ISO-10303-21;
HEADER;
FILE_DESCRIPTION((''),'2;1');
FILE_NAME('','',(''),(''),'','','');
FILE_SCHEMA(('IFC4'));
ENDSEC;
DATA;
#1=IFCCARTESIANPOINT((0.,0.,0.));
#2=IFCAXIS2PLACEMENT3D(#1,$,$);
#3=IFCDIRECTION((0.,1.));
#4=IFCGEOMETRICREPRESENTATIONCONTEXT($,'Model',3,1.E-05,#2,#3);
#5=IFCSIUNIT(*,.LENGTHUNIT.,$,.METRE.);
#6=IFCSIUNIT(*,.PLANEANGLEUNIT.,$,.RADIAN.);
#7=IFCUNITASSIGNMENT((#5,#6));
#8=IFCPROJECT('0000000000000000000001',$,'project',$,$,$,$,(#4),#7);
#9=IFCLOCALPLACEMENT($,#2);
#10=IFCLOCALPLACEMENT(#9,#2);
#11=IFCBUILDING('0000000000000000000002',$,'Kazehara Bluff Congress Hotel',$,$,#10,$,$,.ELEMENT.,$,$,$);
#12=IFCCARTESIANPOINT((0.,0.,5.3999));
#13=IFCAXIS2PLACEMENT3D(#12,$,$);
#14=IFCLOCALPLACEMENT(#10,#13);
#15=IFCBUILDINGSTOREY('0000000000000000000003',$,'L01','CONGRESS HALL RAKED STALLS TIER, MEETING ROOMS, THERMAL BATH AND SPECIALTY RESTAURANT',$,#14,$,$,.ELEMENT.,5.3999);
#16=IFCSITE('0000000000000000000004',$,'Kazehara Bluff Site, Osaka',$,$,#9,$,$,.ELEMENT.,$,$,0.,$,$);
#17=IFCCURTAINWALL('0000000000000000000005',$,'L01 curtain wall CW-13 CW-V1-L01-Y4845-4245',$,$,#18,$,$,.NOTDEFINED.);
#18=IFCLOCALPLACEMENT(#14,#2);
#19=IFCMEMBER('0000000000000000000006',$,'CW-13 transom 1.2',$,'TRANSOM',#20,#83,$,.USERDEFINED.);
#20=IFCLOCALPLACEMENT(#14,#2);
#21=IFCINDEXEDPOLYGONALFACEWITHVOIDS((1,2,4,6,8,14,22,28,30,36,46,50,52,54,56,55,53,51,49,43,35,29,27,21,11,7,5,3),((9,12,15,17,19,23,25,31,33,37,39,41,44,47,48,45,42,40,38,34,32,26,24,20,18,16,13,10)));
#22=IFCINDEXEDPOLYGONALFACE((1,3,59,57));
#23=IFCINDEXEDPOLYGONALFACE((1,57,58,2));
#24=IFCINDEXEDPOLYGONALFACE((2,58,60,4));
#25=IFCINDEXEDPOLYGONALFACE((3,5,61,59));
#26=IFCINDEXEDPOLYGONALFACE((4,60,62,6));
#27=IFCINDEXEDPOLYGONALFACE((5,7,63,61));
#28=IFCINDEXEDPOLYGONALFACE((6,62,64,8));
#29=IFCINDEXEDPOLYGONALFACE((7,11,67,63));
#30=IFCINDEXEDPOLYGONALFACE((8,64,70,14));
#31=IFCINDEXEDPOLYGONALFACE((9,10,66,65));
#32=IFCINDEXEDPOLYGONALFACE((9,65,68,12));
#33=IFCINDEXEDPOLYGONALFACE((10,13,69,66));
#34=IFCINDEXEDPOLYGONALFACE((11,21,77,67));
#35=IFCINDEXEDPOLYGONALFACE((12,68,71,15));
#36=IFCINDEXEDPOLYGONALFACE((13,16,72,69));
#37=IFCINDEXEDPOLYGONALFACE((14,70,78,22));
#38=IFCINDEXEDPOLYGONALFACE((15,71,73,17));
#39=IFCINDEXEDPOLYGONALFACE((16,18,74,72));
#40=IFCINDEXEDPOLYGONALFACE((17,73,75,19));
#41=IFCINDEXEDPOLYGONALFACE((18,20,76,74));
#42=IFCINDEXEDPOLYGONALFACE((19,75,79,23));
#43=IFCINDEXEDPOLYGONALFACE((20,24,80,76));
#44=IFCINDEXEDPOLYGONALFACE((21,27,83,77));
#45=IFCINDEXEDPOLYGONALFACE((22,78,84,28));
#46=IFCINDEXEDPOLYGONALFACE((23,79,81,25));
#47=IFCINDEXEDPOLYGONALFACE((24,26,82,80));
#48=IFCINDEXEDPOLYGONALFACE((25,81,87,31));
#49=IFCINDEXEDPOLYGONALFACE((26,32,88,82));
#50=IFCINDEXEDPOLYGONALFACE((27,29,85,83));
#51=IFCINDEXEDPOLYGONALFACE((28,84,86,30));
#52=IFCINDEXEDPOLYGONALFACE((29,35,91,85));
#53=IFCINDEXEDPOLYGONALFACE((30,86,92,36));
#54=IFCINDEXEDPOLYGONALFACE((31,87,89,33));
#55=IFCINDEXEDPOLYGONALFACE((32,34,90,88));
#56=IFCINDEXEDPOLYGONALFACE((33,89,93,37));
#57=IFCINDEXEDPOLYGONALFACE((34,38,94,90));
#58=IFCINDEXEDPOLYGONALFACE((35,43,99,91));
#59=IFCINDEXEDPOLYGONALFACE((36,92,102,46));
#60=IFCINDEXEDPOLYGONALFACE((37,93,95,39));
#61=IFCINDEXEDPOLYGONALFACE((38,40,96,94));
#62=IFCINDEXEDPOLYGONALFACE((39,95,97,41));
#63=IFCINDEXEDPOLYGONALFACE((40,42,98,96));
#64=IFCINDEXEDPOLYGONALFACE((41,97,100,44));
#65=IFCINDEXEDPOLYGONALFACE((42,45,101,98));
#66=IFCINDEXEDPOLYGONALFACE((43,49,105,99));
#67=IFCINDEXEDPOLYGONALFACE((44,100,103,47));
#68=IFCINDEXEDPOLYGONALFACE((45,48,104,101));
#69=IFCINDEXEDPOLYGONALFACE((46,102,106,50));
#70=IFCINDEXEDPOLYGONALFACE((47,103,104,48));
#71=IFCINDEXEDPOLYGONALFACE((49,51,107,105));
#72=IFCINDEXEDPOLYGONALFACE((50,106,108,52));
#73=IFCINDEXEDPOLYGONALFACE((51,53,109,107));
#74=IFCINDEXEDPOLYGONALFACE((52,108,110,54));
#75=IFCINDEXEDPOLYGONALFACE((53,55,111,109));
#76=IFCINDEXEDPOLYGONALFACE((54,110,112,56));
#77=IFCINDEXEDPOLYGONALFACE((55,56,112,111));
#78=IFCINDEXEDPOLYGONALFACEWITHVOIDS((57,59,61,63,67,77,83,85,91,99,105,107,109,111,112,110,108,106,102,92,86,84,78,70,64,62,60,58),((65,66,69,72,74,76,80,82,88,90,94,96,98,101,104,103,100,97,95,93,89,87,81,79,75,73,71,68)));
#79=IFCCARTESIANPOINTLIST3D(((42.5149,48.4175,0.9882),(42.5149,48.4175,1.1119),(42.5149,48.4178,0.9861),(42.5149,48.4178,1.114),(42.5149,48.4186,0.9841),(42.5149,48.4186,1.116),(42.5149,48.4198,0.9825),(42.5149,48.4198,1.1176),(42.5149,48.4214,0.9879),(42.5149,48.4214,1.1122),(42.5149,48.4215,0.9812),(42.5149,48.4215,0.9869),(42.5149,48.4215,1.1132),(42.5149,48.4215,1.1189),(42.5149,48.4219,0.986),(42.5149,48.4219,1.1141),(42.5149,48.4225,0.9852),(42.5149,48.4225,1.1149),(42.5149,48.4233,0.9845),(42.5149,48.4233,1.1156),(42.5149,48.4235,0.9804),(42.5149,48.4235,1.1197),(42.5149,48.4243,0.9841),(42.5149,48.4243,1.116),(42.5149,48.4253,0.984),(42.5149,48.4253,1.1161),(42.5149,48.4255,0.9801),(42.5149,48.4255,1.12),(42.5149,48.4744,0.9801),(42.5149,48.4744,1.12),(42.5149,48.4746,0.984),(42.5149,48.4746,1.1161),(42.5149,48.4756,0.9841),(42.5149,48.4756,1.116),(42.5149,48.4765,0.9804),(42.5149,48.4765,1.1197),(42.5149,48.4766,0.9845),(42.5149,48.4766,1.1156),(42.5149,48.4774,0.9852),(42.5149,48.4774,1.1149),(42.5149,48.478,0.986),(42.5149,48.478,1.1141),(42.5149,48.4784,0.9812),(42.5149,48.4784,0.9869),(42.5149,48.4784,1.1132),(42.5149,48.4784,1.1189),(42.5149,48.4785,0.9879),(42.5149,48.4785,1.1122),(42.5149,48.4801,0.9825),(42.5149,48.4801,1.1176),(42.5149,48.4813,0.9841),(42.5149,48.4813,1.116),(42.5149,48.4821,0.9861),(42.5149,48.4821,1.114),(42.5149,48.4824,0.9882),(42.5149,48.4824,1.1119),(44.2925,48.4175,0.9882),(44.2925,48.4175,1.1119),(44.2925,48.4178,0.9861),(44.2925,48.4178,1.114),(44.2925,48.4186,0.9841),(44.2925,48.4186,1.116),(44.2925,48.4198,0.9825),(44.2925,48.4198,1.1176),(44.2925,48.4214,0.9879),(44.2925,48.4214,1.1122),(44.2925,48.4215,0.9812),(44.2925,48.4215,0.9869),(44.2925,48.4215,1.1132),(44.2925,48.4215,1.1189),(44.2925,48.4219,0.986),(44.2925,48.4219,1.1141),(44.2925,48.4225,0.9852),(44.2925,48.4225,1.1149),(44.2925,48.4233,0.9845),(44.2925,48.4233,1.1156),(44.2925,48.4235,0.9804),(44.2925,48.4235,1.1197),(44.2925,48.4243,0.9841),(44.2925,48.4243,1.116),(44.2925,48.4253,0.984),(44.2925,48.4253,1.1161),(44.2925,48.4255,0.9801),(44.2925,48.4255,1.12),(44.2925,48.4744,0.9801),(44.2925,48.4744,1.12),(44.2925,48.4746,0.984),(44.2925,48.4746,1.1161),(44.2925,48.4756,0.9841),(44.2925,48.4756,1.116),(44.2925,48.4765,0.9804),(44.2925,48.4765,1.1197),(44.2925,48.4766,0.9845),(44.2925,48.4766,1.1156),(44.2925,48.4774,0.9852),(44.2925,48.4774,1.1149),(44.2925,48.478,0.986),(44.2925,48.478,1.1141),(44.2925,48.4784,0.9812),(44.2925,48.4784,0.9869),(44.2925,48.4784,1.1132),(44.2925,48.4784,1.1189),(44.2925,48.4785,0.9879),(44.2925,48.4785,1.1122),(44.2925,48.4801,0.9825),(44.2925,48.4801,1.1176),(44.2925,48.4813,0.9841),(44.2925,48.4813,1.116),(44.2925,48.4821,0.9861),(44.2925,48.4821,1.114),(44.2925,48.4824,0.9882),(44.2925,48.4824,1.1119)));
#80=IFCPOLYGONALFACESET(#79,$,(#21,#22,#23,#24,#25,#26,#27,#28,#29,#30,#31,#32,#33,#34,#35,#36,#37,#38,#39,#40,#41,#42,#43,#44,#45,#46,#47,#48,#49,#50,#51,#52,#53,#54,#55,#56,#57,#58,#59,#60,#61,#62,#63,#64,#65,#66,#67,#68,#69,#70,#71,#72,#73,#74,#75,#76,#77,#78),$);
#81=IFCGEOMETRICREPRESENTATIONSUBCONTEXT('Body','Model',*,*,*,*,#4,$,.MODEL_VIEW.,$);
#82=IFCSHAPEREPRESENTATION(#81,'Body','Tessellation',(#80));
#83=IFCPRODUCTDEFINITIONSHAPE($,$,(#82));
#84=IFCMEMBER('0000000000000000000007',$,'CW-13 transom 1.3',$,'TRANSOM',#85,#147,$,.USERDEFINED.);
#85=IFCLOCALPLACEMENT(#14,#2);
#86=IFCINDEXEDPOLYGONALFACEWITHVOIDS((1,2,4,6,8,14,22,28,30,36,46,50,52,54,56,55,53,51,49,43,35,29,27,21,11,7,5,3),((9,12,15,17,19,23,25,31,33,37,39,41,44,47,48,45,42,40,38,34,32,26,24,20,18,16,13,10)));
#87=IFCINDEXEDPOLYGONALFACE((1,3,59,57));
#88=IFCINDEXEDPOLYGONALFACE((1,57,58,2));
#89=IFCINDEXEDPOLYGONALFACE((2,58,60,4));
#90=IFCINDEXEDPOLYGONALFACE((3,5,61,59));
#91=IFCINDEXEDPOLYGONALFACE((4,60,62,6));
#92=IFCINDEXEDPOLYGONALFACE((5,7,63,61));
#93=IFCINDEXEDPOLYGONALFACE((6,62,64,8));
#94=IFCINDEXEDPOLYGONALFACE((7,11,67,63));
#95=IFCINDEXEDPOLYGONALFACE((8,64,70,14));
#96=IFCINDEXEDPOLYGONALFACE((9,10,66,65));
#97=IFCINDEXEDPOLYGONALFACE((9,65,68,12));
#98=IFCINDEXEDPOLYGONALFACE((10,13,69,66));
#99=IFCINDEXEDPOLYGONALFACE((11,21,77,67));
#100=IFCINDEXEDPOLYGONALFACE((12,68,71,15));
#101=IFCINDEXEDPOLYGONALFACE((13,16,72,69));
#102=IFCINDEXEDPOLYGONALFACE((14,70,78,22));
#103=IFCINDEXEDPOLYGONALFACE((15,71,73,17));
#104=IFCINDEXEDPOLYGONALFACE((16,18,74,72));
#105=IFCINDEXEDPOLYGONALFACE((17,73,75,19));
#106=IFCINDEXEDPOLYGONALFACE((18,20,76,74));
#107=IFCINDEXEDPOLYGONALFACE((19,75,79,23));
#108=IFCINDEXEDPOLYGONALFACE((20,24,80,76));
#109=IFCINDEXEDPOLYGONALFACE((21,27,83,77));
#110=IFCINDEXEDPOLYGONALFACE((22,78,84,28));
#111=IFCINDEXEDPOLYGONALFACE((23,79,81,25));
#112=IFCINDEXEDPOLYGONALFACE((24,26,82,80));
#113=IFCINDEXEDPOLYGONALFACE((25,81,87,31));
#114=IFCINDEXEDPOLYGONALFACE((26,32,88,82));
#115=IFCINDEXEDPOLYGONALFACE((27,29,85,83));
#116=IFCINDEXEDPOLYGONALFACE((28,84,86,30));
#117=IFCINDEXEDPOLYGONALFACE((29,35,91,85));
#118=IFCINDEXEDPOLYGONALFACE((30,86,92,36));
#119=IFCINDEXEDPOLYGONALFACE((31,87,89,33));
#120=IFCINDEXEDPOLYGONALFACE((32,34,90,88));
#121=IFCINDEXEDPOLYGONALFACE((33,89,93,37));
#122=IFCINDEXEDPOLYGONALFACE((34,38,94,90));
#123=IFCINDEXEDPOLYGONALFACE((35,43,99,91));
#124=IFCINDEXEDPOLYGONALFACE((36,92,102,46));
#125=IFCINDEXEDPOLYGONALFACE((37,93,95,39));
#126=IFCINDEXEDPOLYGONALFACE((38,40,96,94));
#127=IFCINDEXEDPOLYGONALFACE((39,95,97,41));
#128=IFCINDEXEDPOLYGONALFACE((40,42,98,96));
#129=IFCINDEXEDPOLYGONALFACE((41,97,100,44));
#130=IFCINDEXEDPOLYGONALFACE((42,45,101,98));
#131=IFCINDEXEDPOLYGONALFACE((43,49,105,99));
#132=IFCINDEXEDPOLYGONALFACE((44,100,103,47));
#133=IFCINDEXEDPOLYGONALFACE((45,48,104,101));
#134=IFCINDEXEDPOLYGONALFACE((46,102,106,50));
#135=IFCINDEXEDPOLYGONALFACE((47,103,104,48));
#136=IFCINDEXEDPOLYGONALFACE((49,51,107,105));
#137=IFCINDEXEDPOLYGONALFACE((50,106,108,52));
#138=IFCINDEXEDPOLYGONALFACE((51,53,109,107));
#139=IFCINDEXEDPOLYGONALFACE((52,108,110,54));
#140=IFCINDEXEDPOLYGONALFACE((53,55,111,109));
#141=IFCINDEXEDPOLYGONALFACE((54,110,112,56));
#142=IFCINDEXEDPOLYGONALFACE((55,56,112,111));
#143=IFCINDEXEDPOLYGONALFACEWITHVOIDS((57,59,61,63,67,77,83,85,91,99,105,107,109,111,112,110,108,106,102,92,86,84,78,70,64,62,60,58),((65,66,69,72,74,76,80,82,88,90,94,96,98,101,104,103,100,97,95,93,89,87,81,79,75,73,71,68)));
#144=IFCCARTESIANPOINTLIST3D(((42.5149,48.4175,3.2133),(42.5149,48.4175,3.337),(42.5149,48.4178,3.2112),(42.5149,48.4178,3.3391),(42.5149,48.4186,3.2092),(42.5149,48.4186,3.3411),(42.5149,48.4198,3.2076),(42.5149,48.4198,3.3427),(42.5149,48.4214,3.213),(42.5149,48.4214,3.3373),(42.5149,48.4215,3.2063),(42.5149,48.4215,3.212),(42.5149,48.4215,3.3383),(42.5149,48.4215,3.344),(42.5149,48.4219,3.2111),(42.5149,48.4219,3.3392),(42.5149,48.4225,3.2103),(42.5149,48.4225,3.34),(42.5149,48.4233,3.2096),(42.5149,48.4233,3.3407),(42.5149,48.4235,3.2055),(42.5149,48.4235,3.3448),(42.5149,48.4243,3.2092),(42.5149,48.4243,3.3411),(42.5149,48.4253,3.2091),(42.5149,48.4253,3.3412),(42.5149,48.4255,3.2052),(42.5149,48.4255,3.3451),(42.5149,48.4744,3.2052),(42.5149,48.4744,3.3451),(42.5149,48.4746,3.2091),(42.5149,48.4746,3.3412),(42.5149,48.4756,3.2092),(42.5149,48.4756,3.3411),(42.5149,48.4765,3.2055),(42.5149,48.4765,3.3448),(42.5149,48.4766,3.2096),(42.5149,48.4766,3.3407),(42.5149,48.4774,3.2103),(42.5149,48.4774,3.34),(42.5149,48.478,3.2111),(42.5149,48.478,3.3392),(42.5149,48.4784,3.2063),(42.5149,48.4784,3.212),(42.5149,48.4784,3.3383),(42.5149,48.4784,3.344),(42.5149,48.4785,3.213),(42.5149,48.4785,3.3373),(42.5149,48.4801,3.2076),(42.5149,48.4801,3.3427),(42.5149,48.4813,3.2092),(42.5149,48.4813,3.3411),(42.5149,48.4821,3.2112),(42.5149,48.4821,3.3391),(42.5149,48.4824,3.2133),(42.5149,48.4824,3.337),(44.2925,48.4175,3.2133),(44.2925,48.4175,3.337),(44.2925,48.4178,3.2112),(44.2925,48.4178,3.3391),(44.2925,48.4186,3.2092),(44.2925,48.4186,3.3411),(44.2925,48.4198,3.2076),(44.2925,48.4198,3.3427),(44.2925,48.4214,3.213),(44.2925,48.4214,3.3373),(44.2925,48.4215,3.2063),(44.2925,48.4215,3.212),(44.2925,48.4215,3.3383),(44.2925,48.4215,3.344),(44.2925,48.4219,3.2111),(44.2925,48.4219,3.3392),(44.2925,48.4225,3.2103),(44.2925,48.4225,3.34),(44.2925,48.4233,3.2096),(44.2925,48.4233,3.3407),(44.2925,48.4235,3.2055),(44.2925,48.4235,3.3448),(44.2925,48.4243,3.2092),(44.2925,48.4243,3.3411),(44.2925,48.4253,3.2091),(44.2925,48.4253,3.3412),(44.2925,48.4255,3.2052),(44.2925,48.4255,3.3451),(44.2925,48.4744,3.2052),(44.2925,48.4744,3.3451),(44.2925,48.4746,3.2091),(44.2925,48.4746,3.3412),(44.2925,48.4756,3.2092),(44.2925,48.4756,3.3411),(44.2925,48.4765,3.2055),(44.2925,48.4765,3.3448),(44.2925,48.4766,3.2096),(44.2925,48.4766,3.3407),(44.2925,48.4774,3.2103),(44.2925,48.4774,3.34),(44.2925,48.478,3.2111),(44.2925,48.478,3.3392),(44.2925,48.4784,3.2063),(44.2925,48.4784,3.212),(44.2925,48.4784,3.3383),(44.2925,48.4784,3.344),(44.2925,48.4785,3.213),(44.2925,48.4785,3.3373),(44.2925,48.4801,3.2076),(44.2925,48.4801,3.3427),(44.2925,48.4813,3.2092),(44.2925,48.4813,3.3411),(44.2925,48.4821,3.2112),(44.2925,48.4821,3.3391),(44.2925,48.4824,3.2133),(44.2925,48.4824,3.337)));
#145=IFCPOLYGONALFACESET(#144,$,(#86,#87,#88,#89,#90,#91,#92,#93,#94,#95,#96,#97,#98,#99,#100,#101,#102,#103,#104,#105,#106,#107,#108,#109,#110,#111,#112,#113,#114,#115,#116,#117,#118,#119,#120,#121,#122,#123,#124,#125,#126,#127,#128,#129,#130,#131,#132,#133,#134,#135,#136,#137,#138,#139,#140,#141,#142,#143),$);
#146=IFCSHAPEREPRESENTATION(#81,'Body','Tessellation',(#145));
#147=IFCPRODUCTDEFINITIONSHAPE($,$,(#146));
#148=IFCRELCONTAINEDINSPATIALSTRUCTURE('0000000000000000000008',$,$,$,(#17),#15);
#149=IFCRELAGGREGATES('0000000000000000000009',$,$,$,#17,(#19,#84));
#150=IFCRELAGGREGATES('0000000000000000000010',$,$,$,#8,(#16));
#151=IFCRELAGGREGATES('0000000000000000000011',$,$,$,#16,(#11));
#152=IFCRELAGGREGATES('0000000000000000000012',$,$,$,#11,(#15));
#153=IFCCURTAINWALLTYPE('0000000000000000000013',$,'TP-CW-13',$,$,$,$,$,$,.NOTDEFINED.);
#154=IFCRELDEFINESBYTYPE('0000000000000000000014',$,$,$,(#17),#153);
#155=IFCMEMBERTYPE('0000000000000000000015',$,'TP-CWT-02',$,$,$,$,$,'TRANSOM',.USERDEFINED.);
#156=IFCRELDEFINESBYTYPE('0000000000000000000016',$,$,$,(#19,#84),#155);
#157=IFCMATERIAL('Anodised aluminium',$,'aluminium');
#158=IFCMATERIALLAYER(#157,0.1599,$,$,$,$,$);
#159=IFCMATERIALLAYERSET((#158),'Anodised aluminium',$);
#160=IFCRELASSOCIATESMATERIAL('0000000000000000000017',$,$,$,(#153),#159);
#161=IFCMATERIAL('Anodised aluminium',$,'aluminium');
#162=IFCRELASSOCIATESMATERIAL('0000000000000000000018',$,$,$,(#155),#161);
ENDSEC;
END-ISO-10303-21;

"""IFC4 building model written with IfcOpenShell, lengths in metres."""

from ifc_helpers import new_model, si_unit, direction, frame, origin, origin_2d, place, context, subcontext, project, spatial, hollow_rectangle, extrude, material, layer, layer_set, material_profile, profile_set, type_object, element, aggregate, save


model = new_model("IFC4")

# Units and contexts
model_context = context("Model", 3, precision=1e-05, world=origin(), true_north=direction((0.0, 1.0)))
body_context = subcontext(model_context, "Body", "Model", "MODEL_VIEW")
ifc_project = project(units=[si_unit("LENGTHUNIT", "METRE"), si_unit("PLANEANGLEUNIT", "RADIAN")], contexts=[model_context])

# Site, building, storey
site_placement = place(None, origin())
site = spatial("IfcSite", under=ifc_project, at=site_placement, Name="Kazehara Bluff Site, Osaka", CompositionType="ELEMENT", RefElevation=0.0)
building_placement = place(site_placement, origin())
building = spatial("IfcBuilding", under=site, at=building_placement, Name="Kazehara Bluff Congress Hotel", CompositionType="ELEMENT")
storey_placement = place(building_placement, frame((0.0, 0.0, 5.3999)))
storey = spatial("IfcBuildingStorey", under=building, at=storey_placement, Name="L01", Description="CONGRESS HALL RAKED STALLS TIER, MEETING ROOMS, THERMAL BATH AND SPECIALTY RESTAURANT", CompositionType="ELEMENT", Elevation=5.3999)

# Curtain wall, members
ifc_material_1 = material(Name="Anodised aluminium", Category="aluminium")
ifc_layer_1 = layer(ifc_material_1, 0.1599)
ifc_layer_set_1 = layer_set([ifc_layer_1], Name="Anodised aluminium")
curtain_wall_type = type_object("IfcCurtainWallType", Name="TP-CW-13", PredefinedType="NOTDEFINED", material=ifc_layer_set_1)
curtain_wall_placement = place(storey_placement, origin())
curtain_wall = element("IfcCurtainWall", 1, at=curtain_wall_placement, inside=storey, type_object=curtain_wall_type, Name="L01 curtain wall CW-13 CW-V1-L01-Y4845-4245", PredefinedType="NOTDEFINED")
ifc_material_2 = material(Name="Anodised aluminium", Category="aluminium")
ifc_material_profile_1 = material_profile(ifc_material_2, hollow_rectangle(XDim=0.0649, YDim=0.1399, WallThickness=0.0039, InnerFilletRadius=0.0039, OuterFilletRadius=0.0081, at=origin_2d()))
ifc_profile_set_1 = profile_set([ifc_material_profile_1], Name="Anodised aluminium")
member_type_1 = type_object("IfcMemberType", Name="TP-CWT-02", ElementType="TRANSOM", PredefinedType="USERDEFINED", material=ifc_profile_set_1)
member_1_placement = place(storey_placement, frame((42.5149, 48.45, 1.05), z_axis=(1.0, 0.0, 0.0), x_axis=(0.0, 1.0, 0.0)))
member_1 = element("IfcMember", 2, at=member_1_placement, type_object=member_type_1, Name="CW-13 transom 1.2", ObjectType="TRANSOM", PredefinedType="USERDEFINED", context=body_context, shape_type="SweptSolid", body=[
    extrude(hollow_rectangle(XDim=0.0649, YDim=0.1399, WallThickness=0.0039, InnerFilletRadius=0.0039, OuterFilletRadius=0.0081, at=origin_2d()), origin(), (0.0, 0.0, 1.0), 1.7776),
])
member_2_placement = place(storey_placement, frame((42.5149, 48.45, 3.2751), z_axis=(1.0, 0.0, 0.0), x_axis=(0.0, 1.0, 0.0)))
member_2 = element("IfcMember", 3, at=member_2_placement, type_object=member_type_1, Name="CW-13 transom 1.3", ObjectType="TRANSOM", PredefinedType="USERDEFINED", context=body_context, shape_type="SweptSolid", body=[
    extrude(hollow_rectangle(XDim=0.0649, YDim=0.1399, WallThickness=0.0039, InnerFilletRadius=0.0039, OuterFilletRadius=0.0081, at=origin_2d()), origin(), (0.0, 0.0, 1.0), 1.7776),
])
aggregate(curtain_wall, [member_1, member_2])

save(model, "model.ifc")
